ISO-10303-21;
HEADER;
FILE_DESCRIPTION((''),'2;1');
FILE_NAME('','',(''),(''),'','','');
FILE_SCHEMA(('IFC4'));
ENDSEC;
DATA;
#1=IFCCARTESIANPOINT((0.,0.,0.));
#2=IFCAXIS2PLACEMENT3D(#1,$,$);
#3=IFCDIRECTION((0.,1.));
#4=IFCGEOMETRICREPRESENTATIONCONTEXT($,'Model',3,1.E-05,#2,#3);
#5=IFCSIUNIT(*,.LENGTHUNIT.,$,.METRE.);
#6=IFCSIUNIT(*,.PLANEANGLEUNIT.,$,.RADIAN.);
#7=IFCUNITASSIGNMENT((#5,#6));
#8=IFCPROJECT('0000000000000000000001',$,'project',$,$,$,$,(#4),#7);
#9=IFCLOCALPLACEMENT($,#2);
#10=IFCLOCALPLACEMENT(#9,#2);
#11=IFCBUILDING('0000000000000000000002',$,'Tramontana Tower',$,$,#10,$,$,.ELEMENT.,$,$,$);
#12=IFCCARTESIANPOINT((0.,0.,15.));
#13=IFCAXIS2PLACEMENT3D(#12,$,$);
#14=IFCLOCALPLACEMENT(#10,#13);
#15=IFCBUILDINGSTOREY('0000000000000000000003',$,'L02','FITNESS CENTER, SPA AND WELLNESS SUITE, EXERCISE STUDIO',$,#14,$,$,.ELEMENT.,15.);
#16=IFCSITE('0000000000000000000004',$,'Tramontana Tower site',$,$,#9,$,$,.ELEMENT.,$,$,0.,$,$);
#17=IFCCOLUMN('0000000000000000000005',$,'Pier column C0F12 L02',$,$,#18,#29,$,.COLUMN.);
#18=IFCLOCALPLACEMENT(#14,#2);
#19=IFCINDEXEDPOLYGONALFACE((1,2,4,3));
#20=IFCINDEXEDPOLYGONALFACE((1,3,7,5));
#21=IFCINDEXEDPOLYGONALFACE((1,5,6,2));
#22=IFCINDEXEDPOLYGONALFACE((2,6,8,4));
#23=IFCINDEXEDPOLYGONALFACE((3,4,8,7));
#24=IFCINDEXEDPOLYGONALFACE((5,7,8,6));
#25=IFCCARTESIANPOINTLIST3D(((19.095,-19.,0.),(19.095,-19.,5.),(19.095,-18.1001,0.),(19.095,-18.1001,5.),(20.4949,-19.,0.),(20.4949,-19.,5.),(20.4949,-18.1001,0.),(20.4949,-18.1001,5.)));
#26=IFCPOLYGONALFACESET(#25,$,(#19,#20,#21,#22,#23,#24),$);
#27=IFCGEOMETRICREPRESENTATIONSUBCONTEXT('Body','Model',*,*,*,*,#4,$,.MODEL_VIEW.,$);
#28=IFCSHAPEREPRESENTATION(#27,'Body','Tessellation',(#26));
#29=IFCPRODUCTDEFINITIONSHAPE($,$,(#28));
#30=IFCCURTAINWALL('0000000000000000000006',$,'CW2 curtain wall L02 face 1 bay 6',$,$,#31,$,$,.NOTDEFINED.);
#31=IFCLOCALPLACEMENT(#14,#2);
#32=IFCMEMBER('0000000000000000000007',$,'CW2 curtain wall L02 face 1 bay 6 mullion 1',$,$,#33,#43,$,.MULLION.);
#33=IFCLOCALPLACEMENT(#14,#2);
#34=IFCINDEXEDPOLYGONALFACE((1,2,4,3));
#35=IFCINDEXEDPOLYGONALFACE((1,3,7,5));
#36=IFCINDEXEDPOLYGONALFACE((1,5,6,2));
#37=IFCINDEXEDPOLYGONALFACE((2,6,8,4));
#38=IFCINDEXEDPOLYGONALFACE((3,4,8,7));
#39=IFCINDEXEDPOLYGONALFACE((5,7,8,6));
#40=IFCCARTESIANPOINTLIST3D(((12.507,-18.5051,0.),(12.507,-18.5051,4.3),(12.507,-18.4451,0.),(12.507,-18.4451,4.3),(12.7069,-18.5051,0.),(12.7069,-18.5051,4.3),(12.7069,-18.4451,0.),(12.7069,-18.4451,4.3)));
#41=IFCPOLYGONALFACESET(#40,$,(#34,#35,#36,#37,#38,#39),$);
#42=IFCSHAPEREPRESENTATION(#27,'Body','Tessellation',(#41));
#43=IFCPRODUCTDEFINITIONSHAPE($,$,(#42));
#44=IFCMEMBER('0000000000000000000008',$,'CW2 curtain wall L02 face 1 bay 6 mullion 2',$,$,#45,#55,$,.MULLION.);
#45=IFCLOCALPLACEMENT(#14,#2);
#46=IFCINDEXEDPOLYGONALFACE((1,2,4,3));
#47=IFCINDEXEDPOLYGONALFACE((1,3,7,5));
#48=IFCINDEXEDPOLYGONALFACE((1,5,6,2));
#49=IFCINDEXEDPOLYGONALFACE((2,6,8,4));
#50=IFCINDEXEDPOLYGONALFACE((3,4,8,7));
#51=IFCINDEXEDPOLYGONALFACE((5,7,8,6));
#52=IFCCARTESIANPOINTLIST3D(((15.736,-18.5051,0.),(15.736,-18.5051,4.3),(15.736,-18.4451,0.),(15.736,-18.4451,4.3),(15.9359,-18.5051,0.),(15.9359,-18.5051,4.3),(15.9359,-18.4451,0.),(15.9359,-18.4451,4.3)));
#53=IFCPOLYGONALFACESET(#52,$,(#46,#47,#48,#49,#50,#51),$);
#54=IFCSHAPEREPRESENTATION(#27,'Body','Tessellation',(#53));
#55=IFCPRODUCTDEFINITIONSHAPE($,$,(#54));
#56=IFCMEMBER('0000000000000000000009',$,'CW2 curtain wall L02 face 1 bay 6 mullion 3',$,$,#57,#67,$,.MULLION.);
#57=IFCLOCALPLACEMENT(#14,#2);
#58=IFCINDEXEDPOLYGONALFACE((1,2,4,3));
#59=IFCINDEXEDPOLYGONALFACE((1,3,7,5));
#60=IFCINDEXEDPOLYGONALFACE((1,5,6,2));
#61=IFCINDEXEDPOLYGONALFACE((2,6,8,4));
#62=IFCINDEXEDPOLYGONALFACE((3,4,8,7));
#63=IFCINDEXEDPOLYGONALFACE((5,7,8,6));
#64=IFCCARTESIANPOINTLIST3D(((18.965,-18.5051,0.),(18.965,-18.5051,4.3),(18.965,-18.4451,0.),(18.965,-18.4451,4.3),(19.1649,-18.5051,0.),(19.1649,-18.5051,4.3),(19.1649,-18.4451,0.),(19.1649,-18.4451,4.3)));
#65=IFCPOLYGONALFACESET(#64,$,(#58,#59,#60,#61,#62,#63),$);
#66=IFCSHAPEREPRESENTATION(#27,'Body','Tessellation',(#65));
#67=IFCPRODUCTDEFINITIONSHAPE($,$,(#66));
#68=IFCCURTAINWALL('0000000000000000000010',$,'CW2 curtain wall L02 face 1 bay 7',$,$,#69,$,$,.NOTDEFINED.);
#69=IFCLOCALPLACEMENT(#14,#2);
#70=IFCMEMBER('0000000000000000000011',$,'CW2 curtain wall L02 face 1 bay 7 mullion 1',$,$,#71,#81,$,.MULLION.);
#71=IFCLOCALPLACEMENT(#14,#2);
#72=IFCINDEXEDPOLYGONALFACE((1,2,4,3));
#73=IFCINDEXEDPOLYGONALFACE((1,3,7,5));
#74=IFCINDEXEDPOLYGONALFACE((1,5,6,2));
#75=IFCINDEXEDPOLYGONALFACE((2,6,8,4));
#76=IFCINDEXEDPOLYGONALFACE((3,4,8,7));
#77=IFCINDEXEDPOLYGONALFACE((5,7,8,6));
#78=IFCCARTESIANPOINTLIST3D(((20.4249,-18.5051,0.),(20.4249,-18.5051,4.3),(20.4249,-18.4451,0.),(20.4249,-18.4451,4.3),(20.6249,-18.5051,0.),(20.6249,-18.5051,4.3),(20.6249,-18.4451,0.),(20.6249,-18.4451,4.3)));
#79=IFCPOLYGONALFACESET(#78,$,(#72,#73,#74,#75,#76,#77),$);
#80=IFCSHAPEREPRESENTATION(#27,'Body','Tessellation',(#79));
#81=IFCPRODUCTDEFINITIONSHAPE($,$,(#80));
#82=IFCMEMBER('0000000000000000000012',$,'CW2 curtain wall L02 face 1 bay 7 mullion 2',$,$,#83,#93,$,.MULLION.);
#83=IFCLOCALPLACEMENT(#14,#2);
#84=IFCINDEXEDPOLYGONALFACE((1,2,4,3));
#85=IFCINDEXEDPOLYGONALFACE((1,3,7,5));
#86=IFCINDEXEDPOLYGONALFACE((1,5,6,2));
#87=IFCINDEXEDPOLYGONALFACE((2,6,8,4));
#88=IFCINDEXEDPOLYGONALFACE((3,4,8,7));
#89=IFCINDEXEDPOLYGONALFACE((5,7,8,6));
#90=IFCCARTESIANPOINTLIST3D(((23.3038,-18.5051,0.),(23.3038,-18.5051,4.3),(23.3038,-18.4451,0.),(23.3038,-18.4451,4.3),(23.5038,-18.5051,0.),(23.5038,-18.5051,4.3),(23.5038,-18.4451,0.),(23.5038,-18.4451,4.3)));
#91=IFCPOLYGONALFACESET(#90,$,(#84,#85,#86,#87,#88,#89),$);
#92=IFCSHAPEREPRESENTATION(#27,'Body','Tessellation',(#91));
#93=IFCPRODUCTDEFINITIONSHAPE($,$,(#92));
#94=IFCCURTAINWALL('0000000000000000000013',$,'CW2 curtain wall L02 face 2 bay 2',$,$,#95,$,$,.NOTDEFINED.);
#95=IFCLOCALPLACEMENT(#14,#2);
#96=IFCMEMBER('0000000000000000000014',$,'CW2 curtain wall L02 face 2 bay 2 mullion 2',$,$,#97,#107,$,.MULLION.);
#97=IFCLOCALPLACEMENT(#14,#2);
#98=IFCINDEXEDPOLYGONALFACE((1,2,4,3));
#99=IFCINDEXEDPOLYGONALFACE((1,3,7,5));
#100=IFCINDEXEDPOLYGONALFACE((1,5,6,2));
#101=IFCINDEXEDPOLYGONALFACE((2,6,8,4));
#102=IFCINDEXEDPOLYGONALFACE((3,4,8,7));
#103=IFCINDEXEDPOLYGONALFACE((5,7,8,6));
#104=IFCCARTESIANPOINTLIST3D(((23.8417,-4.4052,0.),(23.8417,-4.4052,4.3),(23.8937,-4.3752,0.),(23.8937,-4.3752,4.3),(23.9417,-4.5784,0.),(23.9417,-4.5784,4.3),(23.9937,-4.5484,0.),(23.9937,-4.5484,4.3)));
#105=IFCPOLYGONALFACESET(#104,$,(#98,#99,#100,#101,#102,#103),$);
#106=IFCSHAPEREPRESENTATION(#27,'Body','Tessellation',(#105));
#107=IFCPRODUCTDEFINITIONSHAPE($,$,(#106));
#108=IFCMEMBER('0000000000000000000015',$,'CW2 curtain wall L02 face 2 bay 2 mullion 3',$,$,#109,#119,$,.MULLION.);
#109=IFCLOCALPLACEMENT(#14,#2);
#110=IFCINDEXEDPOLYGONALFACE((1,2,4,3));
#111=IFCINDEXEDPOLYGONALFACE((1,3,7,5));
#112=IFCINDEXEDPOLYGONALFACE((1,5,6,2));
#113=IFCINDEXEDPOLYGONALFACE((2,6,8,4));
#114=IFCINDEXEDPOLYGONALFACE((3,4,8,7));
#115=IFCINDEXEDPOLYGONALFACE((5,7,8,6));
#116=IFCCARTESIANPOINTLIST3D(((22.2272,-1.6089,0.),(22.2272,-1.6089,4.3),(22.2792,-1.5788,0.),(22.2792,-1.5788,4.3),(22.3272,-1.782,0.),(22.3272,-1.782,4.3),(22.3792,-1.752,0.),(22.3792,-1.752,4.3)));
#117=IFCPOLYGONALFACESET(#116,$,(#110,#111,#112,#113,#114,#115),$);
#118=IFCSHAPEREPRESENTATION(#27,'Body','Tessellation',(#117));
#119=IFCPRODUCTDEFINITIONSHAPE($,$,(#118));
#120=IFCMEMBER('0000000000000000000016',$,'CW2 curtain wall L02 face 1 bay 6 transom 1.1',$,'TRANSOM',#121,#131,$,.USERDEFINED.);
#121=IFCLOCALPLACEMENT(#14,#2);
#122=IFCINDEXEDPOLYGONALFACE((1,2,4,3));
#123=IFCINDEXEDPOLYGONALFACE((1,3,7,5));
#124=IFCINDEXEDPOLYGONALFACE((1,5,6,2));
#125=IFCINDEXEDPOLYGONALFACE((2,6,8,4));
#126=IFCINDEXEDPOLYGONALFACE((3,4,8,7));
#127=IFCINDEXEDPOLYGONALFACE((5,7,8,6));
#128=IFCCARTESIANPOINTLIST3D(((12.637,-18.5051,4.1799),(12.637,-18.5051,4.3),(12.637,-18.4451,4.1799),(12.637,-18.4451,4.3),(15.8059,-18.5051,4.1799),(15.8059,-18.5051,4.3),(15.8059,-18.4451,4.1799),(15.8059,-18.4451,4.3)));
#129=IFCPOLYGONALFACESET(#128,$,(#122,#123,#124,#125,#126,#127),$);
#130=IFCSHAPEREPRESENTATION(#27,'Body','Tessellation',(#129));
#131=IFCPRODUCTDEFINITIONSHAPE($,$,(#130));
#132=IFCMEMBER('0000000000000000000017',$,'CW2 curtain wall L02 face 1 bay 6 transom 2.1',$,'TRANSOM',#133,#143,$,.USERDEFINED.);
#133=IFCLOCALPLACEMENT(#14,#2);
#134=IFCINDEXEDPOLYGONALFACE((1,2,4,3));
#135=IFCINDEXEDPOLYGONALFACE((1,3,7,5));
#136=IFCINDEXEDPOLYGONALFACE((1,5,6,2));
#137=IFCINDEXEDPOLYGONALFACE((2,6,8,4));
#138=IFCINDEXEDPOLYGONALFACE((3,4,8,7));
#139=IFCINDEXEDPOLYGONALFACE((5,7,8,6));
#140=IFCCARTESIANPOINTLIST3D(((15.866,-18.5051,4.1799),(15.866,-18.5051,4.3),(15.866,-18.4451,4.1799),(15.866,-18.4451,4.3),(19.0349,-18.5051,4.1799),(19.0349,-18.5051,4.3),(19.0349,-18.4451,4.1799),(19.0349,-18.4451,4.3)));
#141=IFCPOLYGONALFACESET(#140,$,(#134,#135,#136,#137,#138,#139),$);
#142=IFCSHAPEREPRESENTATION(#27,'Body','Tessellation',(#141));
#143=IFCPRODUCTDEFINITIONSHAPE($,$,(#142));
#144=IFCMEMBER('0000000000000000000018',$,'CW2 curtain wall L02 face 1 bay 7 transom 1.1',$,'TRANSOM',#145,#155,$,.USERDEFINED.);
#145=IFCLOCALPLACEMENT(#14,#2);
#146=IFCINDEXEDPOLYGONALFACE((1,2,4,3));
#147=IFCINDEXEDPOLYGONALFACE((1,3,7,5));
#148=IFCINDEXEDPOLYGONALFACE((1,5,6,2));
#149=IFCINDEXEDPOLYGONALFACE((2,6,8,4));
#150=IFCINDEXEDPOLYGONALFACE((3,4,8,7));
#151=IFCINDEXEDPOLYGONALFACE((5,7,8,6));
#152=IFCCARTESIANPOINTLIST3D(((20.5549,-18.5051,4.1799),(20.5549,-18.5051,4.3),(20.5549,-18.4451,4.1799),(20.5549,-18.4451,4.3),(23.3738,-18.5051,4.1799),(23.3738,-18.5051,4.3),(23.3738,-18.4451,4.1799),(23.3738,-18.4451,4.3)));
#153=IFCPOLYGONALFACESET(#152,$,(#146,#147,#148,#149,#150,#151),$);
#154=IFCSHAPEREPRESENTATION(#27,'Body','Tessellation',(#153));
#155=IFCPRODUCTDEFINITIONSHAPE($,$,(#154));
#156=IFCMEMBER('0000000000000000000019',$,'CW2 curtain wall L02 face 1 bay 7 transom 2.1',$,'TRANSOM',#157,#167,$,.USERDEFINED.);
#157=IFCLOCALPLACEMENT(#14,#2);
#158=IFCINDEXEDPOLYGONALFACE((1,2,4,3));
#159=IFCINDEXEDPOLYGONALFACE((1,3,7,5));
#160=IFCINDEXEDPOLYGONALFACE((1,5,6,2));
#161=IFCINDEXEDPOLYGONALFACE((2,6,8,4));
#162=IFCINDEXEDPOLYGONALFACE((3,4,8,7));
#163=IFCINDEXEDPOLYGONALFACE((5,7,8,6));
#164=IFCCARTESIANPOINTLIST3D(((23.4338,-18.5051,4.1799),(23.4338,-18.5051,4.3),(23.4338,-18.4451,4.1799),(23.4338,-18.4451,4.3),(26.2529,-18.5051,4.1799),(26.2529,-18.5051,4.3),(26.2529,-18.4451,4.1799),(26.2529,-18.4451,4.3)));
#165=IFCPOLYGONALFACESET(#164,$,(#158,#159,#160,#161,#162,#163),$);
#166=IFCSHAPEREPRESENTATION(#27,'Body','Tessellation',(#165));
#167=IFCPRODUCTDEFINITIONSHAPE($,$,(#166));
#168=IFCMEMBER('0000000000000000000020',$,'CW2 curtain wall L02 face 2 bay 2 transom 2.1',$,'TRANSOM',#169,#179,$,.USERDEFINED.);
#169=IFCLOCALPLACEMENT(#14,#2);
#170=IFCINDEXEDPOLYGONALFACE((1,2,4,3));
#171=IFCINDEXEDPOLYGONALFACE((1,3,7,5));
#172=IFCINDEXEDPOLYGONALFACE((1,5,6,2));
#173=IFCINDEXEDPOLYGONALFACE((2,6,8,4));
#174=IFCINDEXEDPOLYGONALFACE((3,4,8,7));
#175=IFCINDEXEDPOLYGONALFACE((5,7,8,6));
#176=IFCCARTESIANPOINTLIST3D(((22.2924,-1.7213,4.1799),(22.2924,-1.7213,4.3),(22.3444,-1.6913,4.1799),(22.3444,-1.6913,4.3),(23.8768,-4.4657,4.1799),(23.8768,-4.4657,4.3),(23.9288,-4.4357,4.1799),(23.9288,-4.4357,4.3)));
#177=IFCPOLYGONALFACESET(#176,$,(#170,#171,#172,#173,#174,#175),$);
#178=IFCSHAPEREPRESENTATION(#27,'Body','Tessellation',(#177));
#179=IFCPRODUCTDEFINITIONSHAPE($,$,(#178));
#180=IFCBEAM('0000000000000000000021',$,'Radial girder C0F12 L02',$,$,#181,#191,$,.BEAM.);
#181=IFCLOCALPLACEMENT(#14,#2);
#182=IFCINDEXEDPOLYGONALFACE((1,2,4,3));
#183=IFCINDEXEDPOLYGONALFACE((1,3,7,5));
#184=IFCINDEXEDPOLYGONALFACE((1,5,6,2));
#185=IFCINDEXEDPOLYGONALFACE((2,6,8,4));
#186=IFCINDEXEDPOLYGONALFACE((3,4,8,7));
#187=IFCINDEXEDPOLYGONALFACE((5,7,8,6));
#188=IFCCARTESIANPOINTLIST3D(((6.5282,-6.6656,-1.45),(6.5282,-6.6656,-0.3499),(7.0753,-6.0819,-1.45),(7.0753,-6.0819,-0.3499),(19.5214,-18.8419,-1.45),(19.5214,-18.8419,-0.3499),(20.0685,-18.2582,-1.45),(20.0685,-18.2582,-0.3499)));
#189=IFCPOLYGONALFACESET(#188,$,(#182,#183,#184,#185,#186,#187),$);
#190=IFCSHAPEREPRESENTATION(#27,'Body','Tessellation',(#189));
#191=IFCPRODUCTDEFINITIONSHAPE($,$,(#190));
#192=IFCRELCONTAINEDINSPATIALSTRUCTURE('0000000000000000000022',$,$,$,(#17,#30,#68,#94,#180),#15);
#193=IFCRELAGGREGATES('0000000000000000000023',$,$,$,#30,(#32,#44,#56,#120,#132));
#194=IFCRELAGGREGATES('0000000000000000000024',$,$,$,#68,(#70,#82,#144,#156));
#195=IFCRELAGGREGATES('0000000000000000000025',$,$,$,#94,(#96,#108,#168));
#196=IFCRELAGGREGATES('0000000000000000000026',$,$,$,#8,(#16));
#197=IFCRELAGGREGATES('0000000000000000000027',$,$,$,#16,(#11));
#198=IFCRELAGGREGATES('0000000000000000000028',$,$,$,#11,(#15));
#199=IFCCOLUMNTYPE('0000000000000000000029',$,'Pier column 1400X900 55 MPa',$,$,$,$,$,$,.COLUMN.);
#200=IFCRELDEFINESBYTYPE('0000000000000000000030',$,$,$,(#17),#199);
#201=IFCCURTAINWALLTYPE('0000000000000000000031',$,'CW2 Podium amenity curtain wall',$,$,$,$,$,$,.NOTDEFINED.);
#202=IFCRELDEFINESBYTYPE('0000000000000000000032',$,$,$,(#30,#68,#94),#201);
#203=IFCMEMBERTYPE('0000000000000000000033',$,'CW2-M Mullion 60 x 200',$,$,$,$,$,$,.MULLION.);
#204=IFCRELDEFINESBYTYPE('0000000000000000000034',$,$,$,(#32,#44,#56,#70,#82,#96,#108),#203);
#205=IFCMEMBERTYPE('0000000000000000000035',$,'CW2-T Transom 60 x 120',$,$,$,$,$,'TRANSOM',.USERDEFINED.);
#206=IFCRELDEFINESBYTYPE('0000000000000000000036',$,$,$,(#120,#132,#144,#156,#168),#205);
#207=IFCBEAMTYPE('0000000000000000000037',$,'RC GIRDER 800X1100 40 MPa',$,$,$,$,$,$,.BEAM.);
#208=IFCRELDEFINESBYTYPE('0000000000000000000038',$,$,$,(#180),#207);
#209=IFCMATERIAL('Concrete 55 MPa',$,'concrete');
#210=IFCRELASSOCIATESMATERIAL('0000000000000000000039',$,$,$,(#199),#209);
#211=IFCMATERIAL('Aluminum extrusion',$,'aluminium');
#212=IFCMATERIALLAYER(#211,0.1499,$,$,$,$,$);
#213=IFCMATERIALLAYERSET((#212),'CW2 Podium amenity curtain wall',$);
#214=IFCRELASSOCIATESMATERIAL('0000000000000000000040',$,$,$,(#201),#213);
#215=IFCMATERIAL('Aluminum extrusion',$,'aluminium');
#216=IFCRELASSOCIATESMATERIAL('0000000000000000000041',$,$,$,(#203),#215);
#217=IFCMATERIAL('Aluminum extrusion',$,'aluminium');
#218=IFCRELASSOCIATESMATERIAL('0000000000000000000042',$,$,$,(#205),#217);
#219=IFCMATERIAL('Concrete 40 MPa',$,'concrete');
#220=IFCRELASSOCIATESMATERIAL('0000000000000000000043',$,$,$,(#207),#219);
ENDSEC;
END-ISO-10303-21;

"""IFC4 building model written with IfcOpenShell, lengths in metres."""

from ifc_helpers import new_model, si_unit, direction, frame, origin, origin_2d, place, context, subcontext, project, spatial, rectangle, extrude, material, layer, layer_set, material_profile, profile_set, type_object, element, aggregate, save


model = new_model("IFC4")

# Units and contexts
model_context = context("Model", 3, precision=1e-05, world=origin(), true_north=direction((0.0, 1.0)))
body_context = subcontext(model_context, "Body", "Model", "MODEL_VIEW")
ifc_project = project(units=[si_unit("LENGTHUNIT", "METRE"), si_unit("PLANEANGLEUNIT", "RADIAN")], contexts=[model_context])

# Site, building, storey
site_placement = place(None, origin())
site = spatial("IfcSite", under=ifc_project, at=site_placement, Name="Tramontana Tower site", CompositionType="ELEMENT", RefElevation=0.0)
building_placement = place(site_placement, origin())
building = spatial("IfcBuilding", under=site, at=building_placement, Name="Tramontana Tower", CompositionType="ELEMENT")
storey_placement = place(building_placement, frame((0.0, 0.0, 15.0)))
storey = spatial("IfcBuildingStorey", under=building, at=storey_placement, Name="L02", Description="FITNESS CENTER, SPA AND WELLNESS SUITE, EXERCISE STUDIO", CompositionType="ELEMENT", Elevation=15.0)

# Column
ifc_material_1 = material(Name="Concrete 55 MPa", Category="concrete")
ifc_material_profile_1 = material_profile(ifc_material_1, rectangle(XDim=1.3999, YDim=0.8999, at=origin_2d()), Name="Pier column 1400X900 55 MPa")
ifc_profile_set_1 = profile_set([ifc_material_profile_1], Name="Concrete 55 MPa")
column_type = type_object("IfcColumnType", Name="Pier column 1400X900 55 MPa", PredefinedType="COLUMN", material=ifc_profile_set_1)
column_placement = place(storey_placement, frame((19.7949, -18.55, 0.0), z_axis=(0.0, 0.0, 1.0), x_axis=(1.0, 0.0, 0.0)))
element("IfcColumn", 1, at=column_placement, inside=storey, type_object=column_type, Name="Pier column C0F12 L02", PredefinedType="COLUMN", context=body_context, shape_type="SweptSolid", body=[
    extrude(rectangle(XDim=1.3999, YDim=0.8999, at=origin_2d()), origin(), (0.0, 0.0, 1.0), 5.0),
])

# Curtain walls, members
ifc_material_2 = material(Name="Aluminum extrusion", Category="aluminium")
ifc_layer_1 = layer(ifc_material_2, 0.1499)
ifc_layer_set_1 = layer_set([ifc_layer_1], Name="CW2 Podium amenity curtain wall")
curtain_wall_type = type_object("IfcCurtainWallType", Name="CW2 Podium amenity curtain wall", PredefinedType="NOTDEFINED", material=ifc_layer_set_1)
curtain_wall_1_placement = place(storey_placement, origin())
curtain_wall_1 = element("IfcCurtainWall", 2, at=curtain_wall_1_placement, inside=storey, type_object=curtain_wall_type, Name="CW2 curtain wall L02 face 1 bay 6", PredefinedType="NOTDEFINED")
ifc_material_3 = material(Name="Aluminum extrusion", Category="aluminium")
ifc_material_profile_2 = material_profile(ifc_material_3, rectangle(XDim=0.0601, YDim=0.2, at=origin_2d()), Name="CW2-M Mullion 60 x 200")
ifc_profile_set_2 = profile_set([ifc_material_profile_2], Name="Aluminum extrusion")
member_type_1 = type_object("IfcMemberType", Name="CW2-M Mullion 60 x 200", PredefinedType="MULLION", material=ifc_profile_set_2)
member_1_placement = place(storey_placement, frame((12.6069, -18.4751, 0.0), z_axis=(0.0, 0.0, 1.0), x_axis=(0.0, 1.0, 0.0)))
member_1 = element("IfcMember", 3, at=member_1_placement, type_object=member_type_1, Name="CW2 curtain wall L02 face 1 bay 6 mullion 1", PredefinedType="MULLION", context=body_context, shape_type="SweptSolid", body=[
    extrude(rectangle(XDim=0.0601, YDim=0.2, at=origin_2d()), origin(), (0.0, 0.0, 1.0), 4.3),
])
member_2_placement = place(storey_placement, frame((15.8359, -18.4751, 0.0), z_axis=(0.0, 0.0, 1.0), x_axis=(0.0, 1.0, 0.0)))
member_2 = element("IfcMember", 4, at=member_2_placement, type_object=member_type_1, Name="CW2 curtain wall L02 face 1 bay 6 mullion 2", PredefinedType="MULLION", context=body_context, shape_type="SweptSolid", body=[
    extrude(rectangle(XDim=0.0601, YDim=0.2, at=origin_2d()), origin(), (0.0, 0.0, 1.0), 4.3),
])
member_3_placement = place(storey_placement, frame((19.0649, -18.4751, 0.0), z_axis=(0.0, 0.0, 1.0), x_axis=(0.0, 1.0, 0.0)))
member_3 = element("IfcMember", 5, at=member_3_placement, type_object=member_type_1, Name="CW2 curtain wall L02 face 1 bay 6 mullion 3", PredefinedType="MULLION", context=body_context, shape_type="SweptSolid", body=[
    extrude(rectangle(XDim=0.0601, YDim=0.2, at=origin_2d()), origin(), (0.0, 0.0, 1.0), 4.3),
])
curtain_wall_2_placement = place(storey_placement, origin())
curtain_wall_2 = element("IfcCurtainWall", 6, at=curtain_wall_2_placement, inside=storey, type_object=curtain_wall_type, Name="CW2 curtain wall L02 face 1 bay 7", PredefinedType="NOTDEFINED")
member_4_placement = place(storey_placement, frame((20.5249, -18.4751, 0.0), z_axis=(0.0, 0.0, 1.0), x_axis=(0.0, 1.0, 0.0)))
member_4 = element("IfcMember", 7, at=member_4_placement, type_object=member_type_1, Name="CW2 curtain wall L02 face 1 bay 7 mullion 1", PredefinedType="MULLION", context=body_context, shape_type="SweptSolid", body=[
    extrude(rectangle(XDim=0.0601, YDim=0.2, at=origin_2d()), origin(), (0.0, 0.0, 1.0), 4.3),
])
member_5_placement = place(storey_placement, frame((23.4038, -18.4751, 0.0), z_axis=(0.0, 0.0, 1.0), x_axis=(0.0, 1.0, 0.0)))
member_5 = element("IfcMember", 8, at=member_5_placement, type_object=member_type_1, Name="CW2 curtain wall L02 face 1 bay 7 mullion 2", PredefinedType="MULLION", context=body_context, shape_type="SweptSolid", body=[
    extrude(rectangle(XDim=0.0601, YDim=0.2, at=origin_2d()), origin(), (0.0, 0.0, 1.0), 4.3),
])
curtain_wall_3_placement = place(storey_placement, origin())
curtain_wall_3 = element("IfcCurtainWall", 9, at=curtain_wall_3_placement, inside=storey, type_object=curtain_wall_type, Name="CW2 curtain wall L02 face 2 bay 2", PredefinedType="NOTDEFINED")
member_6_placement = place(storey_placement, frame((23.9177, -4.4768, 0.0), z_axis=(0.0, 0.0, 1.0), x_axis=(-0.866025, -0.5, 0.0)))
member_6 = element("IfcMember", 10, at=member_6_placement, type_object=member_type_1, Name="CW2 curtain wall L02 face 2 bay 2 mullion 2", PredefinedType="MULLION", context=body_context, shape_type="SweptSolid", body=[
    extrude(rectangle(XDim=0.0601, YDim=0.2, at=origin_2d()), origin(), (0.0, 0.0, 1.0), 4.3),
])
member_7_placement = place(storey_placement, frame((22.3032, -1.6804, 0.0), z_axis=(0.0, 0.0, 1.0), x_axis=(-0.866025, -0.5, 0.0)))
member_7 = element("IfcMember", 11, at=member_7_placement, type_object=member_type_1, Name="CW2 curtain wall L02 face 2 bay 2 mullion 3", PredefinedType="MULLION", context=body_context, shape_type="SweptSolid", body=[
    extrude(rectangle(XDim=0.0601, YDim=0.2, at=origin_2d()), origin(), (0.0, 0.0, 1.0), 4.3),
])

# Members
ifc_material_4 = material(Name="Aluminum extrusion", Category="aluminium")
ifc_material_profile_3 = material_profile(ifc_material_4, rectangle(XDim=0.0601, YDim=0.1201, at=origin_2d()), Name="CW2-T Transom 60 x 120")
ifc_profile_set_3 = profile_set([ifc_material_profile_3], Name="Aluminum extrusion")
member_type_2 = type_object("IfcMemberType", Name="CW2-T Transom 60 x 120", ElementType="TRANSOM", PredefinedType="USERDEFINED", material=ifc_profile_set_3)
member_8_placement = place(storey_placement, frame((12.637, -18.4751, 4.24), z_axis=(1.0, 0.0, 0.0), x_axis=(0.0, 1.0, 0.0)))
member_8 = element("IfcMember", 12, at=member_8_placement, type_object=member_type_2, Name="CW2 curtain wall L02 face 1 bay 6 transom 1.1", ObjectType="TRANSOM", PredefinedType="USERDEFINED", context=body_context, shape_type="SweptSolid", body=[
    extrude(rectangle(XDim=0.0601, YDim=0.1201, at=origin_2d()), origin(), (0.0, 0.0, 1.0), 3.1689),
])
member_9_placement = place(storey_placement, frame((15.866, -18.4751, 4.24), z_axis=(1.0, 0.0, 0.0), x_axis=(0.0, 1.0, 0.0)))
member_9 = element("IfcMember", 13, at=member_9_placement, type_object=member_type_2, Name="CW2 curtain wall L02 face 1 bay 6 transom 2.1", ObjectType="TRANSOM", PredefinedType="USERDEFINED", context=body_context, shape_type="SweptSolid", body=[
    extrude(rectangle(XDim=0.0601, YDim=0.1201, at=origin_2d()), origin(), (0.0, 0.0, 1.0), 3.1689),
])
member_10_placement = place(storey_placement, frame((20.5549, -18.4751, 4.24), z_axis=(1.0, 0.0, 0.0), x_axis=(0.0, 1.0, 0.0)))
member_10 = element("IfcMember", 14, at=member_10_placement, type_object=member_type_2, Name="CW2 curtain wall L02 face 1 bay 7 transom 1.1", ObjectType="TRANSOM", PredefinedType="USERDEFINED", context=body_context, shape_type="SweptSolid", body=[
    extrude(rectangle(XDim=0.0601, YDim=0.1201, at=origin_2d()), origin(), (0.0, 0.0, 1.0), 2.8188),
])
member_11_placement = place(storey_placement, frame((23.4338, -18.4751, 4.24), z_axis=(1.0, 0.0, 0.0), x_axis=(0.0, 1.0, 0.0)))
member_11 = element("IfcMember", 15, at=member_11_placement, type_object=member_type_2, Name="CW2 curtain wall L02 face 1 bay 7 transom 2.1", ObjectType="TRANSOM", PredefinedType="USERDEFINED", context=body_context, shape_type="SweptSolid", body=[
    extrude(rectangle(XDim=0.0601, YDim=0.1201, at=origin_2d()), origin(), (0.0, 0.0, 1.0), 2.8191),
])
member_12_placement = place(storey_placement, frame((23.9028, -4.4507, 4.24), z_axis=(-0.5, 0.866025, 0.0), x_axis=(-0.866025, -0.5, 0.0)))
member_12 = element("IfcMember", 16, at=member_12_placement, type_object=member_type_2, Name="CW2 curtain wall L02 face 2 bay 2 transom 2.1", ObjectType="TRANSOM", PredefinedType="USERDEFINED", context=body_context, shape_type="SweptSolid", body=[
    extrude(rectangle(XDim=0.0601, YDim=0.1201, at=origin_2d()), origin(), (0.0, 0.0, 1.0), 3.1689),
])

# Beam
ifc_material_5 = material(Name="Concrete 40 MPa", Category="concrete")
ifc_material_profile_4 = material_profile(ifc_material_5, rectangle(XDim=0.8, YDim=1.1001, at=origin_2d()), Name="RC GIRDER 800X1100 40 MPa")
ifc_profile_set_4 = profile_set([ifc_material_profile_4], Name="Concrete 40 MPa")
beam_type = type_object("IfcBeamType", Name="RC GIRDER 800X1100 40 MPa", PredefinedType="BEAM", material=ifc_profile_set_4)
beam_placement = place(storey_placement, frame((19.7949, -18.55, -0.8999), z_axis=(-0.729672, 0.683797, 0.0), x_axis=(-0.683797, -0.729672, 0.0)))
element("IfcBeam", 17, at=beam_placement, inside=storey, type_object=beam_type, Name="Radial girder C0F12 L02", PredefinedType="BEAM", context=body_context, shape_type="SweptSolid", body=[
    extrude(rectangle(XDim=0.8, YDim=1.1001, at=origin_2d()), origin(), (0.0, 0.0, 1.0), 17.8069),
])

aggregate(curtain_wall_1, [member_1, member_2, member_3, member_8, member_9])
aggregate(curtain_wall_2, [member_4, member_5, member_10, member_11])
aggregate(curtain_wall_3, [member_6, member_7, member_12])

save(model, "model.ifc")
